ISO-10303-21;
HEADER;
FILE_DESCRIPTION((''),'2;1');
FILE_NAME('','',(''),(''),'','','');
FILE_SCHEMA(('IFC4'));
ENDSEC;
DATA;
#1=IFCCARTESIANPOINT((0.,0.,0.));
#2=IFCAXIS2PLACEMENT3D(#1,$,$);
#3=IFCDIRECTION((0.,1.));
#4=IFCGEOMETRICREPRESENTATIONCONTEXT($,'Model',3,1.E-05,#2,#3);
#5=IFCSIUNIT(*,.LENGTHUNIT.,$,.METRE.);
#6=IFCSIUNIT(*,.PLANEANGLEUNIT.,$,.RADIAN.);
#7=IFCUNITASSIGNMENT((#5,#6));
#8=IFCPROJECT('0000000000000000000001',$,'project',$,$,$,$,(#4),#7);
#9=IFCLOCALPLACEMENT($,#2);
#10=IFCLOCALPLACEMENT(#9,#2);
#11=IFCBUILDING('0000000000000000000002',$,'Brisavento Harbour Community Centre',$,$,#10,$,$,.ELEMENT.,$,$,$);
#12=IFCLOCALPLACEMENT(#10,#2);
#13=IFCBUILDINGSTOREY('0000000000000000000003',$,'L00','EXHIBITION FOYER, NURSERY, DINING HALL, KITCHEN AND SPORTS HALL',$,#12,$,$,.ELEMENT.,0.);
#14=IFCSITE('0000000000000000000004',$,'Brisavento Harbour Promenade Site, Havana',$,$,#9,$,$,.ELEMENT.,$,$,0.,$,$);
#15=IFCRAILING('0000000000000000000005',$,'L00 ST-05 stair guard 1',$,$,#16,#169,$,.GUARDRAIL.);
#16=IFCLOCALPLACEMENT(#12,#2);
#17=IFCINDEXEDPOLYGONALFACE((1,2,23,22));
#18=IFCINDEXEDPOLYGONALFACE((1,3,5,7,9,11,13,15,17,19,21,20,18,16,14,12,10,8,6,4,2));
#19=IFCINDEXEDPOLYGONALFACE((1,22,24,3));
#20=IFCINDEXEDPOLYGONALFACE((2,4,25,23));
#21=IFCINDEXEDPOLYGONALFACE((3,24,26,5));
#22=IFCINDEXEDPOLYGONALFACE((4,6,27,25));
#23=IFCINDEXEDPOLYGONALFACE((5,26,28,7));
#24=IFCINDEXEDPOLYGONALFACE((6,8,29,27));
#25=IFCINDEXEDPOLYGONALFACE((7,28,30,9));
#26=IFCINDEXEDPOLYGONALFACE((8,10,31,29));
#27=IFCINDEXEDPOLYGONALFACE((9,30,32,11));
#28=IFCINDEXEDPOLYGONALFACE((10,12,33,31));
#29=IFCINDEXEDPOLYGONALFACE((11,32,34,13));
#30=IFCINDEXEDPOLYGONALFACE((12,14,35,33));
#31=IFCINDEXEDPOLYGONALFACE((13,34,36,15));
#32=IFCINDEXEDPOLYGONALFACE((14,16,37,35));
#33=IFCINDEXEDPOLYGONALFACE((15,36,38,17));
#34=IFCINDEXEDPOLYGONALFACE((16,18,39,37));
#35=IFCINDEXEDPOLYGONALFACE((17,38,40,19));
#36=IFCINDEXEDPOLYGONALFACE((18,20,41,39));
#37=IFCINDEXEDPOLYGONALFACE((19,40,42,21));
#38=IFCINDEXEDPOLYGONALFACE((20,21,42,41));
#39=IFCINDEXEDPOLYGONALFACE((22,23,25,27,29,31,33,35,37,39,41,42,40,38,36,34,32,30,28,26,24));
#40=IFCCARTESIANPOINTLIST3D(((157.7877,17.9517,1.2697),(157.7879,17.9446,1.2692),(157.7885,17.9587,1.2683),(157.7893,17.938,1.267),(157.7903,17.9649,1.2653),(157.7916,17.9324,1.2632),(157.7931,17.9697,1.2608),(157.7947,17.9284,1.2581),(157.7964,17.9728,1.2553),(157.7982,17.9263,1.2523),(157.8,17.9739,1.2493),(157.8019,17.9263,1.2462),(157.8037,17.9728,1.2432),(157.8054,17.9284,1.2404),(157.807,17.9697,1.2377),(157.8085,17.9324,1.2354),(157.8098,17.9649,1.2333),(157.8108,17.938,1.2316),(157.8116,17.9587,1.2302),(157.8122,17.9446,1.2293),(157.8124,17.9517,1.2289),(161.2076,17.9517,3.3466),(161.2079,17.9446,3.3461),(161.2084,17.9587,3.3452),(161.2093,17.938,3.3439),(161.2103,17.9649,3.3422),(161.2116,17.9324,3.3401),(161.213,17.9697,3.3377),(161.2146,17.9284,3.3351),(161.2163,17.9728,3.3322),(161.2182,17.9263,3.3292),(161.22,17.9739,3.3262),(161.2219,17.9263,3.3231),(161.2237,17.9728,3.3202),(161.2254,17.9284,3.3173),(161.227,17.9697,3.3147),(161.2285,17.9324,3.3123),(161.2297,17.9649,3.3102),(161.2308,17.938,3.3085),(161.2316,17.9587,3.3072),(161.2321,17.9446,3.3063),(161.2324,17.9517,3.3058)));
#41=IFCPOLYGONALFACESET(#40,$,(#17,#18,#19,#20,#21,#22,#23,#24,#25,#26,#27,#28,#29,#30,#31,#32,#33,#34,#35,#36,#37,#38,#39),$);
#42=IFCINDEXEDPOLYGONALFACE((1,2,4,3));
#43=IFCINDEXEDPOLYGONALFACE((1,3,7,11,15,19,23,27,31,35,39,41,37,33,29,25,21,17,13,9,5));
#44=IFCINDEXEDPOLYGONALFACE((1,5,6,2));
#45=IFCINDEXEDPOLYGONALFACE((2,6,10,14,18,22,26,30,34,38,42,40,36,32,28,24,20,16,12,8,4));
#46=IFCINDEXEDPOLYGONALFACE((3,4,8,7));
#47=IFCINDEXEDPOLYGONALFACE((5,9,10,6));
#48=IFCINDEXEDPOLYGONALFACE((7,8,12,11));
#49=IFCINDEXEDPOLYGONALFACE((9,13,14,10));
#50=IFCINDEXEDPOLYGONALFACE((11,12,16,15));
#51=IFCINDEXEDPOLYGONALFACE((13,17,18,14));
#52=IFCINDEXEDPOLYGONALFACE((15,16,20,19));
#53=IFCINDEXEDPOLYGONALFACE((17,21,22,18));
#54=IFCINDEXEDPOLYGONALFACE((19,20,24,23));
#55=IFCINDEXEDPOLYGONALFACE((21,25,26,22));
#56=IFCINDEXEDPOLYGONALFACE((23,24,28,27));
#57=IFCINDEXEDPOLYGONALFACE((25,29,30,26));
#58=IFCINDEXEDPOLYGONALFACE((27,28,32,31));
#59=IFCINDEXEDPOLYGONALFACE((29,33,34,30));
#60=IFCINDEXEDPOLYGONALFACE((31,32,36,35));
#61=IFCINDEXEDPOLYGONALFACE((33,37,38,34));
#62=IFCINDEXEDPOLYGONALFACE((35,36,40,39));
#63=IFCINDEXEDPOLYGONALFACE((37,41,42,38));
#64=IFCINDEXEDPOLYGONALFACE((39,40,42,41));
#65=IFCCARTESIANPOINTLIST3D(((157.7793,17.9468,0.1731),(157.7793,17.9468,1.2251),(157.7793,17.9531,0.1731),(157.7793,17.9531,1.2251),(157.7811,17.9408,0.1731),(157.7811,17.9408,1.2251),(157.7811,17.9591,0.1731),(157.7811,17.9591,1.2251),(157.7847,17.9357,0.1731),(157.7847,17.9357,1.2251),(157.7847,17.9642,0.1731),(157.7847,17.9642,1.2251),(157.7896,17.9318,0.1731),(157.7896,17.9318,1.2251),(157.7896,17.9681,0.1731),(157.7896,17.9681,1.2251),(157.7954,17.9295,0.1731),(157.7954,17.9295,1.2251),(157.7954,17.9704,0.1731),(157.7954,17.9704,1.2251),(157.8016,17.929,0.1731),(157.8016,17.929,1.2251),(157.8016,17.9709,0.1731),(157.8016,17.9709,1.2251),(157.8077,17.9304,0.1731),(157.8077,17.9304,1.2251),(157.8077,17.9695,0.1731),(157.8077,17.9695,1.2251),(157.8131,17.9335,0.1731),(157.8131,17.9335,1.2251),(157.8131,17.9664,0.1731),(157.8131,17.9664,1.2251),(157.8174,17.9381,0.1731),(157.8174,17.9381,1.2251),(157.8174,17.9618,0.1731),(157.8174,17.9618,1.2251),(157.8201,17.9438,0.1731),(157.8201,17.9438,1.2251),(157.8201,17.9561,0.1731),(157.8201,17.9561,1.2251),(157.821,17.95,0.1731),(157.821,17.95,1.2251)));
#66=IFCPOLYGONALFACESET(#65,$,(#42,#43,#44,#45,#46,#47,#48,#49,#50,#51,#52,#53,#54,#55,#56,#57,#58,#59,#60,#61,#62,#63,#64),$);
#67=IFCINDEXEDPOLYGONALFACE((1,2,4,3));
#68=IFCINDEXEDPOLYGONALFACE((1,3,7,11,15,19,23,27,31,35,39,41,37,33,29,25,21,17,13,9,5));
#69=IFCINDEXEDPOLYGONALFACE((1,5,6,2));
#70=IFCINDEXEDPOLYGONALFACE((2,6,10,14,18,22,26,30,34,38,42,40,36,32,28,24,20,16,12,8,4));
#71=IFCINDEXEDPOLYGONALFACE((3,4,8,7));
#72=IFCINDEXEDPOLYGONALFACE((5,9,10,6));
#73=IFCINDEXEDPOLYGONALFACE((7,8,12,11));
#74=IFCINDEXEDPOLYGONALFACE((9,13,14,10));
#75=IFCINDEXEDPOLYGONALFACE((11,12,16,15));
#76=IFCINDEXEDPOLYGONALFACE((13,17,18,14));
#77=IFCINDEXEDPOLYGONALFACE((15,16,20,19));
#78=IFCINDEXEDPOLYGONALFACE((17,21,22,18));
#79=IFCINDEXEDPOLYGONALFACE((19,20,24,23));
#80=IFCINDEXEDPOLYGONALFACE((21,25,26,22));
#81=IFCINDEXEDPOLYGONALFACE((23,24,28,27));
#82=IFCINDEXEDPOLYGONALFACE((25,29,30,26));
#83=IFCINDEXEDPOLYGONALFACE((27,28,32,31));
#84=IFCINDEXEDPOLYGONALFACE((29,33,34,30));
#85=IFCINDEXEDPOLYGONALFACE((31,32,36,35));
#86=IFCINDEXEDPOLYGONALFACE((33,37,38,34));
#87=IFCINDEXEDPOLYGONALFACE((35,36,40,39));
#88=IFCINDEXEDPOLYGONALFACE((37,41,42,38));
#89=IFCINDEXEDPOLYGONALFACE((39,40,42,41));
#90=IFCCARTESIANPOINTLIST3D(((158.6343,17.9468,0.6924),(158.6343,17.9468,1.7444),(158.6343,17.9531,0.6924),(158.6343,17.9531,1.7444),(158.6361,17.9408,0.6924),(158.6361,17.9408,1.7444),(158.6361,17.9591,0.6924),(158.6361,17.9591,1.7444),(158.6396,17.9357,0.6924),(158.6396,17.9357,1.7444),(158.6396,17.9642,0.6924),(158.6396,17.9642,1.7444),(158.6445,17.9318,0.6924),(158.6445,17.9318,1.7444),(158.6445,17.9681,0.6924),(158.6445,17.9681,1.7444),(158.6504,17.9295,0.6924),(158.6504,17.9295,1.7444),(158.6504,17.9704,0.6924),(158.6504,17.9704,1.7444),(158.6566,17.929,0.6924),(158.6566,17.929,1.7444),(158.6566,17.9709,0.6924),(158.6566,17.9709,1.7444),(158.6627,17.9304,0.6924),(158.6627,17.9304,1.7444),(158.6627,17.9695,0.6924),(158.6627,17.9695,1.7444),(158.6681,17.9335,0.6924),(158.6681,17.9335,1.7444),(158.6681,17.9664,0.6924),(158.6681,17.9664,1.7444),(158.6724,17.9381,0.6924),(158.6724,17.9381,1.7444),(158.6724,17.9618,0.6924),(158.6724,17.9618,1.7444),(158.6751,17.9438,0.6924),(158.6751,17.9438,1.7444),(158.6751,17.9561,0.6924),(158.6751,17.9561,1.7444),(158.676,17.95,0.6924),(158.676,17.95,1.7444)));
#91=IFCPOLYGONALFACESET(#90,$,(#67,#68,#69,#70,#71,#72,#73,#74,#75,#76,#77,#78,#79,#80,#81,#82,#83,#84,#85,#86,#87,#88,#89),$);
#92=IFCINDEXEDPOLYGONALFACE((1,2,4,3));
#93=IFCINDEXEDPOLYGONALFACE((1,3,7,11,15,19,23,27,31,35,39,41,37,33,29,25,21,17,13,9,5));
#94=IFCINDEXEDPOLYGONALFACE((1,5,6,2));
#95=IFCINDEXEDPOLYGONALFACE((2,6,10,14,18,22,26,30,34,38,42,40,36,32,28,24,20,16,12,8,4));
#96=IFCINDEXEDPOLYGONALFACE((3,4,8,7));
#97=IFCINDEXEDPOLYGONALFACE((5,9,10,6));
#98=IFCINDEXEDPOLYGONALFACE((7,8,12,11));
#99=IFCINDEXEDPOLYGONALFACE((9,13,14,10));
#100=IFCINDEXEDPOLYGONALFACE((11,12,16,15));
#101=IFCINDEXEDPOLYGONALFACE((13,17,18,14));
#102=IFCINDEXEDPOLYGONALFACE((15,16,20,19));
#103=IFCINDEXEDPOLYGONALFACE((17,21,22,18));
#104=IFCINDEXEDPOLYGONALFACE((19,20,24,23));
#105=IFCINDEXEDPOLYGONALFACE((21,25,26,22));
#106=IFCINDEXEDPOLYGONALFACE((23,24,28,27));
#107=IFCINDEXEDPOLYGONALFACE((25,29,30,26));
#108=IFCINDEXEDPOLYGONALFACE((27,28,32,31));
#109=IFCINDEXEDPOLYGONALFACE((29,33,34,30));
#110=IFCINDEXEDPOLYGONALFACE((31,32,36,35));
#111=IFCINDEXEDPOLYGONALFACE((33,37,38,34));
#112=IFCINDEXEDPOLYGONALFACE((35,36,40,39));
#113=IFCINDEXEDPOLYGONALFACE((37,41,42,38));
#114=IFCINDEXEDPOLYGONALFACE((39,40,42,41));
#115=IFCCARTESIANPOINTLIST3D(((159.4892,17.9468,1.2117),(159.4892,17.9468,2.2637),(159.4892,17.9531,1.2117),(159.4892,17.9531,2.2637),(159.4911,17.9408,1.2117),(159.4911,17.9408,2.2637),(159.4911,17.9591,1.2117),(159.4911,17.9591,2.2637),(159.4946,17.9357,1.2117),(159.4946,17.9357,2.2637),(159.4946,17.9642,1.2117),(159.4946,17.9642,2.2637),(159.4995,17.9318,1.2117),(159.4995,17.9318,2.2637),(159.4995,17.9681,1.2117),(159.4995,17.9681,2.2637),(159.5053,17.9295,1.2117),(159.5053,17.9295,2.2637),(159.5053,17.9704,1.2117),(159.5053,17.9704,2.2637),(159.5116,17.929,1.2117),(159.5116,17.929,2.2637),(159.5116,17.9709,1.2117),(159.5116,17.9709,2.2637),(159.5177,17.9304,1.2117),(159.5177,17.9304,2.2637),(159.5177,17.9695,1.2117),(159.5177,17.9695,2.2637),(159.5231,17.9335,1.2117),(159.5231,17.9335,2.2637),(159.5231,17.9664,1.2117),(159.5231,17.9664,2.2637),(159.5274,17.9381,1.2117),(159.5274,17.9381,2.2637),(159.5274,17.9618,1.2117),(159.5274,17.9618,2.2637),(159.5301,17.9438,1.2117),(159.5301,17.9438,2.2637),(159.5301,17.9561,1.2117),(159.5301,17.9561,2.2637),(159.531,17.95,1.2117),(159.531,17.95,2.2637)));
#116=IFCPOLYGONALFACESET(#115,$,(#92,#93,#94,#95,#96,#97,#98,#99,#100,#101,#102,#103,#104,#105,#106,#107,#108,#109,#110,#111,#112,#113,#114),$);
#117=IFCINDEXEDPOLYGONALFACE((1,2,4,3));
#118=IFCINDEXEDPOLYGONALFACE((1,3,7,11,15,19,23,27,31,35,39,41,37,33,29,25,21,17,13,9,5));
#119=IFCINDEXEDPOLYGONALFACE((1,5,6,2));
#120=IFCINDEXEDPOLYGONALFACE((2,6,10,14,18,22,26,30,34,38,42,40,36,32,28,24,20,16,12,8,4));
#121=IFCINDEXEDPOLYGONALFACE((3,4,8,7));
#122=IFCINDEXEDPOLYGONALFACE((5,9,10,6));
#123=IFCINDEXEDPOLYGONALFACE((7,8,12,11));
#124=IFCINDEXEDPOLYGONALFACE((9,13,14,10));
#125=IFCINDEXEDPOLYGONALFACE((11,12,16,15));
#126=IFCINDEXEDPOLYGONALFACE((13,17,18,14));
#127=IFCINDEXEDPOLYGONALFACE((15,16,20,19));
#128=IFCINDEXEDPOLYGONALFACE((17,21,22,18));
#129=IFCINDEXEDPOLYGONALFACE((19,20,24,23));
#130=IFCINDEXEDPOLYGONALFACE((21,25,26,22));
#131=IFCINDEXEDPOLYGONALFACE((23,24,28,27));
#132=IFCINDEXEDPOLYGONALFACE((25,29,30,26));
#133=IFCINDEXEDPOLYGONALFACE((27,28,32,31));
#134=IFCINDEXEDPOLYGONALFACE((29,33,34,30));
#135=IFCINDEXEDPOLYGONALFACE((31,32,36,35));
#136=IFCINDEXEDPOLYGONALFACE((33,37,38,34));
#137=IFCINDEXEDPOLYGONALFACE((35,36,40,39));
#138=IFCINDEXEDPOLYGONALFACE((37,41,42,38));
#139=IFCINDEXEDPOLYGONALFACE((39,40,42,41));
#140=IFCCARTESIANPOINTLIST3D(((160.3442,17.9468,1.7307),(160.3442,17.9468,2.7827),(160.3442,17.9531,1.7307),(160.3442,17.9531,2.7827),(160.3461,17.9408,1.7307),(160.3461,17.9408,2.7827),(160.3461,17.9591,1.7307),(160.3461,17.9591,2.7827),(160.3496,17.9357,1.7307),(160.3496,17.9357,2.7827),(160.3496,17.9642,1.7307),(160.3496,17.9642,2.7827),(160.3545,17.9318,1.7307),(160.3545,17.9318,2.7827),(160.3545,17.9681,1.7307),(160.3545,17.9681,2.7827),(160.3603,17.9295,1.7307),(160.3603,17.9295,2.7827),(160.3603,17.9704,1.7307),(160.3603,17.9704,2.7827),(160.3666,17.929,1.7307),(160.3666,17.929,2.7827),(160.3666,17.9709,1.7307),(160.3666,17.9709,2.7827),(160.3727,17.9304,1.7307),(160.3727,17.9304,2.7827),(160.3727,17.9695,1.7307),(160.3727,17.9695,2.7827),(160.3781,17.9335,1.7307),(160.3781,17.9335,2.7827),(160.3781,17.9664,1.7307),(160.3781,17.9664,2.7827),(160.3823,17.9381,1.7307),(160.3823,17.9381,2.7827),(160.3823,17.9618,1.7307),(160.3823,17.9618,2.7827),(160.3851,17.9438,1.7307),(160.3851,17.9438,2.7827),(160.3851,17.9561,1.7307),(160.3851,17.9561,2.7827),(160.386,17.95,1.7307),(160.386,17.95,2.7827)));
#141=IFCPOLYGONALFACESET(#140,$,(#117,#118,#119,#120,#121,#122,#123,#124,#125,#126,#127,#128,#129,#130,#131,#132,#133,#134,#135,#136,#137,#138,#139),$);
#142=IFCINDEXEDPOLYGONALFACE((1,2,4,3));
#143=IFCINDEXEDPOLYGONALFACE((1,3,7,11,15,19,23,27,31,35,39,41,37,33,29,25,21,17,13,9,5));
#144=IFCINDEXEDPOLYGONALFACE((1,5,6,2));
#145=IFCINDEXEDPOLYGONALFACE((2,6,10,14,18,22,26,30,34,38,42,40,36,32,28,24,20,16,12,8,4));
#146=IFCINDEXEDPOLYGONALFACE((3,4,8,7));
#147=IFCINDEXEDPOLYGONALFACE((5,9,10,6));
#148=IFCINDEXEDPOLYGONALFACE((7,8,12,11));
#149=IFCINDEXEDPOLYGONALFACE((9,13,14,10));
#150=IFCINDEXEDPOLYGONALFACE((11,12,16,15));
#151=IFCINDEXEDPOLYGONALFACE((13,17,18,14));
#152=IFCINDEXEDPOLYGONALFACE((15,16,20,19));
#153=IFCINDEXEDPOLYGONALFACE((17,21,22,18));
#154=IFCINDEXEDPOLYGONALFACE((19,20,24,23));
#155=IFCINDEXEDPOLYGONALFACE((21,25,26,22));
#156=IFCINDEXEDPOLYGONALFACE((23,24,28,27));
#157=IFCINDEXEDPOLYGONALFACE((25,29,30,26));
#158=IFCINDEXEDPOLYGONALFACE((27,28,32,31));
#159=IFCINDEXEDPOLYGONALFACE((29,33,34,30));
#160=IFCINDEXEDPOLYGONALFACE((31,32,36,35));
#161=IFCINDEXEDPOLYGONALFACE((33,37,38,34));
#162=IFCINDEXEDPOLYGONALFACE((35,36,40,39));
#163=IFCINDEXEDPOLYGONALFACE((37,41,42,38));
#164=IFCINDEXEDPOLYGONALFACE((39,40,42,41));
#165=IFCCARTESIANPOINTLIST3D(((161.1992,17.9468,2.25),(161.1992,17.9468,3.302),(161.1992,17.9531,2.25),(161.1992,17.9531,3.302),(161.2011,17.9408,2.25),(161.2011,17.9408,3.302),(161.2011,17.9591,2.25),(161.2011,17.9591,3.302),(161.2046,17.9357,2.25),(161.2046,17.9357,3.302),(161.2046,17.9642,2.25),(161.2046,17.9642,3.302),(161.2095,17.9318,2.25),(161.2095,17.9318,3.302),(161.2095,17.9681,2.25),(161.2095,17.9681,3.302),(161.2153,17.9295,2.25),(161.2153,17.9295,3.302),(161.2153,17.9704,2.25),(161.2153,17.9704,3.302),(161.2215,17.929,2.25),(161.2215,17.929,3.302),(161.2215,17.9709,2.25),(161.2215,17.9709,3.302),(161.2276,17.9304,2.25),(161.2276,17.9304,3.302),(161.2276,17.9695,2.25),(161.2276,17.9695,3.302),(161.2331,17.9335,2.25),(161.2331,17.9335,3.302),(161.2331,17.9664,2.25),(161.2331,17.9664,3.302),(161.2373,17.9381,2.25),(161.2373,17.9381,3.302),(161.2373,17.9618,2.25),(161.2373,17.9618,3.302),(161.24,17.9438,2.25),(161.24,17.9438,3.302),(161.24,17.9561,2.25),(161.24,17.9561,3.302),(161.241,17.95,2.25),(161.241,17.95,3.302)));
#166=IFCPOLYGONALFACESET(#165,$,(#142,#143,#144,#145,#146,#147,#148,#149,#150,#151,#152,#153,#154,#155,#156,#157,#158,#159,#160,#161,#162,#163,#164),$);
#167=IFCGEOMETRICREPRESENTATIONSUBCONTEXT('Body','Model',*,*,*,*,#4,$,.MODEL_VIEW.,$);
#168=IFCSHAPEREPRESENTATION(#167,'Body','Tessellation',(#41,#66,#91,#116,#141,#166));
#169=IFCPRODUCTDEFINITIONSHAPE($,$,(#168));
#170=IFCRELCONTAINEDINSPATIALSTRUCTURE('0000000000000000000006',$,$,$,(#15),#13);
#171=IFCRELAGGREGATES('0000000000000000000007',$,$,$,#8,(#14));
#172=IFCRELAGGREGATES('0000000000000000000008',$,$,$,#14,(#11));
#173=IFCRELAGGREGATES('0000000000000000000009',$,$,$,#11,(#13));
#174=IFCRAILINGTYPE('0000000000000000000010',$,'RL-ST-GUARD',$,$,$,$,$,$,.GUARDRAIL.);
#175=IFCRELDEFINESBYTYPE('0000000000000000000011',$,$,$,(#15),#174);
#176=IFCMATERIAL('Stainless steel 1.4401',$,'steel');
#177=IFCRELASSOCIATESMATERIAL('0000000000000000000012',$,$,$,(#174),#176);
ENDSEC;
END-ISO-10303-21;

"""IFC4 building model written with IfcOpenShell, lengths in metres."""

from ifc_helpers import new_model, si_unit, direction, frame, origin, origin_2d, place, context, subcontext, project, spatial, circle, extrude, material, type_object, element, save


model = new_model("IFC4")

# Units and contexts
model_context = context("Model", 3, precision=1e-05, world=origin(), true_north=direction((0.0, 1.0)))
body_context = subcontext(model_context, "Body", "Model", "MODEL_VIEW")
ifc_project = project(units=[si_unit("LENGTHUNIT", "METRE"), si_unit("PLANEANGLEUNIT", "RADIAN")], contexts=[model_context])

# Site, building, storey
site_placement = place(None, origin())
site = spatial("IfcSite", under=ifc_project, at=site_placement, Name="Brisavento Harbour Promenade Site, Havana", CompositionType="ELEMENT", RefElevation=0.0)
building_placement = place(site_placement, origin())
building = spatial("IfcBuilding", under=site, at=building_placement, Name="Brisavento Harbour Community Centre", CompositionType="ELEMENT")
storey_placement = place(building_placement, origin())
storey = spatial("IfcBuildingStorey", under=building, at=storey_placement, Name="L00", Description="EXHIBITION FOYER, NURSERY, DINING HALL, KITCHEN AND SPORTS HALL", CompositionType="ELEMENT", Elevation=0.0)

# Railing
ifc_material_1 = material(Name="Stainless steel 1.4401", Category="steel")
railing_type_1 = type_object("IfcRailingType", Name="RL-ST-GUARD", PredefinedType="GUARDRAIL", material=ifc_material_1)
railing_1_placement = place(storey_placement, frame((157.8, 17.95, 0.1731)))
element("IfcRailing", 1, at=railing_1_placement, inside=storey, type_object=railing_type_1, Name="L00 ST-05 stair guard 1", PredefinedType="GUARDRAIL", context=body_context, shape_type="SweptSolid", body=[
    extrude(circle(Radius=0.0239, at=origin_2d()), frame((0.0, 0.0, 1.0762), z_axis=(0.85473, 0.0, 0.519074), x_axis=(0.0, 1.0, 0.0)), (0.0, 0.0, 1.0), 4.0012),
    extrude(circle(Radius=0.021, at=origin_2d()), origin(), (0.0, 0.0, 1.0), 1.052),
    extrude(circle(Radius=0.021, at=origin_2d()), frame((0.855, 0.0, 0.5193)), (0.0, 0.0, 1.0), 1.052),
    extrude(circle(Radius=0.021, at=origin_2d()), frame((1.71, 0.0, 1.0386)), (0.0, 0.0, 1.0), 1.052),
    extrude(circle(Radius=0.021, at=origin_2d()), frame((2.5649, 0.0, 1.5576)), (0.0, 0.0, 1.0), 1.052),
    extrude(circle(Radius=0.021, at=origin_2d()), frame((3.4199, 0.0, 2.0769)), (0.0, 0.0, 1.0), 1.052),
])

save(model, "model.ifc")
